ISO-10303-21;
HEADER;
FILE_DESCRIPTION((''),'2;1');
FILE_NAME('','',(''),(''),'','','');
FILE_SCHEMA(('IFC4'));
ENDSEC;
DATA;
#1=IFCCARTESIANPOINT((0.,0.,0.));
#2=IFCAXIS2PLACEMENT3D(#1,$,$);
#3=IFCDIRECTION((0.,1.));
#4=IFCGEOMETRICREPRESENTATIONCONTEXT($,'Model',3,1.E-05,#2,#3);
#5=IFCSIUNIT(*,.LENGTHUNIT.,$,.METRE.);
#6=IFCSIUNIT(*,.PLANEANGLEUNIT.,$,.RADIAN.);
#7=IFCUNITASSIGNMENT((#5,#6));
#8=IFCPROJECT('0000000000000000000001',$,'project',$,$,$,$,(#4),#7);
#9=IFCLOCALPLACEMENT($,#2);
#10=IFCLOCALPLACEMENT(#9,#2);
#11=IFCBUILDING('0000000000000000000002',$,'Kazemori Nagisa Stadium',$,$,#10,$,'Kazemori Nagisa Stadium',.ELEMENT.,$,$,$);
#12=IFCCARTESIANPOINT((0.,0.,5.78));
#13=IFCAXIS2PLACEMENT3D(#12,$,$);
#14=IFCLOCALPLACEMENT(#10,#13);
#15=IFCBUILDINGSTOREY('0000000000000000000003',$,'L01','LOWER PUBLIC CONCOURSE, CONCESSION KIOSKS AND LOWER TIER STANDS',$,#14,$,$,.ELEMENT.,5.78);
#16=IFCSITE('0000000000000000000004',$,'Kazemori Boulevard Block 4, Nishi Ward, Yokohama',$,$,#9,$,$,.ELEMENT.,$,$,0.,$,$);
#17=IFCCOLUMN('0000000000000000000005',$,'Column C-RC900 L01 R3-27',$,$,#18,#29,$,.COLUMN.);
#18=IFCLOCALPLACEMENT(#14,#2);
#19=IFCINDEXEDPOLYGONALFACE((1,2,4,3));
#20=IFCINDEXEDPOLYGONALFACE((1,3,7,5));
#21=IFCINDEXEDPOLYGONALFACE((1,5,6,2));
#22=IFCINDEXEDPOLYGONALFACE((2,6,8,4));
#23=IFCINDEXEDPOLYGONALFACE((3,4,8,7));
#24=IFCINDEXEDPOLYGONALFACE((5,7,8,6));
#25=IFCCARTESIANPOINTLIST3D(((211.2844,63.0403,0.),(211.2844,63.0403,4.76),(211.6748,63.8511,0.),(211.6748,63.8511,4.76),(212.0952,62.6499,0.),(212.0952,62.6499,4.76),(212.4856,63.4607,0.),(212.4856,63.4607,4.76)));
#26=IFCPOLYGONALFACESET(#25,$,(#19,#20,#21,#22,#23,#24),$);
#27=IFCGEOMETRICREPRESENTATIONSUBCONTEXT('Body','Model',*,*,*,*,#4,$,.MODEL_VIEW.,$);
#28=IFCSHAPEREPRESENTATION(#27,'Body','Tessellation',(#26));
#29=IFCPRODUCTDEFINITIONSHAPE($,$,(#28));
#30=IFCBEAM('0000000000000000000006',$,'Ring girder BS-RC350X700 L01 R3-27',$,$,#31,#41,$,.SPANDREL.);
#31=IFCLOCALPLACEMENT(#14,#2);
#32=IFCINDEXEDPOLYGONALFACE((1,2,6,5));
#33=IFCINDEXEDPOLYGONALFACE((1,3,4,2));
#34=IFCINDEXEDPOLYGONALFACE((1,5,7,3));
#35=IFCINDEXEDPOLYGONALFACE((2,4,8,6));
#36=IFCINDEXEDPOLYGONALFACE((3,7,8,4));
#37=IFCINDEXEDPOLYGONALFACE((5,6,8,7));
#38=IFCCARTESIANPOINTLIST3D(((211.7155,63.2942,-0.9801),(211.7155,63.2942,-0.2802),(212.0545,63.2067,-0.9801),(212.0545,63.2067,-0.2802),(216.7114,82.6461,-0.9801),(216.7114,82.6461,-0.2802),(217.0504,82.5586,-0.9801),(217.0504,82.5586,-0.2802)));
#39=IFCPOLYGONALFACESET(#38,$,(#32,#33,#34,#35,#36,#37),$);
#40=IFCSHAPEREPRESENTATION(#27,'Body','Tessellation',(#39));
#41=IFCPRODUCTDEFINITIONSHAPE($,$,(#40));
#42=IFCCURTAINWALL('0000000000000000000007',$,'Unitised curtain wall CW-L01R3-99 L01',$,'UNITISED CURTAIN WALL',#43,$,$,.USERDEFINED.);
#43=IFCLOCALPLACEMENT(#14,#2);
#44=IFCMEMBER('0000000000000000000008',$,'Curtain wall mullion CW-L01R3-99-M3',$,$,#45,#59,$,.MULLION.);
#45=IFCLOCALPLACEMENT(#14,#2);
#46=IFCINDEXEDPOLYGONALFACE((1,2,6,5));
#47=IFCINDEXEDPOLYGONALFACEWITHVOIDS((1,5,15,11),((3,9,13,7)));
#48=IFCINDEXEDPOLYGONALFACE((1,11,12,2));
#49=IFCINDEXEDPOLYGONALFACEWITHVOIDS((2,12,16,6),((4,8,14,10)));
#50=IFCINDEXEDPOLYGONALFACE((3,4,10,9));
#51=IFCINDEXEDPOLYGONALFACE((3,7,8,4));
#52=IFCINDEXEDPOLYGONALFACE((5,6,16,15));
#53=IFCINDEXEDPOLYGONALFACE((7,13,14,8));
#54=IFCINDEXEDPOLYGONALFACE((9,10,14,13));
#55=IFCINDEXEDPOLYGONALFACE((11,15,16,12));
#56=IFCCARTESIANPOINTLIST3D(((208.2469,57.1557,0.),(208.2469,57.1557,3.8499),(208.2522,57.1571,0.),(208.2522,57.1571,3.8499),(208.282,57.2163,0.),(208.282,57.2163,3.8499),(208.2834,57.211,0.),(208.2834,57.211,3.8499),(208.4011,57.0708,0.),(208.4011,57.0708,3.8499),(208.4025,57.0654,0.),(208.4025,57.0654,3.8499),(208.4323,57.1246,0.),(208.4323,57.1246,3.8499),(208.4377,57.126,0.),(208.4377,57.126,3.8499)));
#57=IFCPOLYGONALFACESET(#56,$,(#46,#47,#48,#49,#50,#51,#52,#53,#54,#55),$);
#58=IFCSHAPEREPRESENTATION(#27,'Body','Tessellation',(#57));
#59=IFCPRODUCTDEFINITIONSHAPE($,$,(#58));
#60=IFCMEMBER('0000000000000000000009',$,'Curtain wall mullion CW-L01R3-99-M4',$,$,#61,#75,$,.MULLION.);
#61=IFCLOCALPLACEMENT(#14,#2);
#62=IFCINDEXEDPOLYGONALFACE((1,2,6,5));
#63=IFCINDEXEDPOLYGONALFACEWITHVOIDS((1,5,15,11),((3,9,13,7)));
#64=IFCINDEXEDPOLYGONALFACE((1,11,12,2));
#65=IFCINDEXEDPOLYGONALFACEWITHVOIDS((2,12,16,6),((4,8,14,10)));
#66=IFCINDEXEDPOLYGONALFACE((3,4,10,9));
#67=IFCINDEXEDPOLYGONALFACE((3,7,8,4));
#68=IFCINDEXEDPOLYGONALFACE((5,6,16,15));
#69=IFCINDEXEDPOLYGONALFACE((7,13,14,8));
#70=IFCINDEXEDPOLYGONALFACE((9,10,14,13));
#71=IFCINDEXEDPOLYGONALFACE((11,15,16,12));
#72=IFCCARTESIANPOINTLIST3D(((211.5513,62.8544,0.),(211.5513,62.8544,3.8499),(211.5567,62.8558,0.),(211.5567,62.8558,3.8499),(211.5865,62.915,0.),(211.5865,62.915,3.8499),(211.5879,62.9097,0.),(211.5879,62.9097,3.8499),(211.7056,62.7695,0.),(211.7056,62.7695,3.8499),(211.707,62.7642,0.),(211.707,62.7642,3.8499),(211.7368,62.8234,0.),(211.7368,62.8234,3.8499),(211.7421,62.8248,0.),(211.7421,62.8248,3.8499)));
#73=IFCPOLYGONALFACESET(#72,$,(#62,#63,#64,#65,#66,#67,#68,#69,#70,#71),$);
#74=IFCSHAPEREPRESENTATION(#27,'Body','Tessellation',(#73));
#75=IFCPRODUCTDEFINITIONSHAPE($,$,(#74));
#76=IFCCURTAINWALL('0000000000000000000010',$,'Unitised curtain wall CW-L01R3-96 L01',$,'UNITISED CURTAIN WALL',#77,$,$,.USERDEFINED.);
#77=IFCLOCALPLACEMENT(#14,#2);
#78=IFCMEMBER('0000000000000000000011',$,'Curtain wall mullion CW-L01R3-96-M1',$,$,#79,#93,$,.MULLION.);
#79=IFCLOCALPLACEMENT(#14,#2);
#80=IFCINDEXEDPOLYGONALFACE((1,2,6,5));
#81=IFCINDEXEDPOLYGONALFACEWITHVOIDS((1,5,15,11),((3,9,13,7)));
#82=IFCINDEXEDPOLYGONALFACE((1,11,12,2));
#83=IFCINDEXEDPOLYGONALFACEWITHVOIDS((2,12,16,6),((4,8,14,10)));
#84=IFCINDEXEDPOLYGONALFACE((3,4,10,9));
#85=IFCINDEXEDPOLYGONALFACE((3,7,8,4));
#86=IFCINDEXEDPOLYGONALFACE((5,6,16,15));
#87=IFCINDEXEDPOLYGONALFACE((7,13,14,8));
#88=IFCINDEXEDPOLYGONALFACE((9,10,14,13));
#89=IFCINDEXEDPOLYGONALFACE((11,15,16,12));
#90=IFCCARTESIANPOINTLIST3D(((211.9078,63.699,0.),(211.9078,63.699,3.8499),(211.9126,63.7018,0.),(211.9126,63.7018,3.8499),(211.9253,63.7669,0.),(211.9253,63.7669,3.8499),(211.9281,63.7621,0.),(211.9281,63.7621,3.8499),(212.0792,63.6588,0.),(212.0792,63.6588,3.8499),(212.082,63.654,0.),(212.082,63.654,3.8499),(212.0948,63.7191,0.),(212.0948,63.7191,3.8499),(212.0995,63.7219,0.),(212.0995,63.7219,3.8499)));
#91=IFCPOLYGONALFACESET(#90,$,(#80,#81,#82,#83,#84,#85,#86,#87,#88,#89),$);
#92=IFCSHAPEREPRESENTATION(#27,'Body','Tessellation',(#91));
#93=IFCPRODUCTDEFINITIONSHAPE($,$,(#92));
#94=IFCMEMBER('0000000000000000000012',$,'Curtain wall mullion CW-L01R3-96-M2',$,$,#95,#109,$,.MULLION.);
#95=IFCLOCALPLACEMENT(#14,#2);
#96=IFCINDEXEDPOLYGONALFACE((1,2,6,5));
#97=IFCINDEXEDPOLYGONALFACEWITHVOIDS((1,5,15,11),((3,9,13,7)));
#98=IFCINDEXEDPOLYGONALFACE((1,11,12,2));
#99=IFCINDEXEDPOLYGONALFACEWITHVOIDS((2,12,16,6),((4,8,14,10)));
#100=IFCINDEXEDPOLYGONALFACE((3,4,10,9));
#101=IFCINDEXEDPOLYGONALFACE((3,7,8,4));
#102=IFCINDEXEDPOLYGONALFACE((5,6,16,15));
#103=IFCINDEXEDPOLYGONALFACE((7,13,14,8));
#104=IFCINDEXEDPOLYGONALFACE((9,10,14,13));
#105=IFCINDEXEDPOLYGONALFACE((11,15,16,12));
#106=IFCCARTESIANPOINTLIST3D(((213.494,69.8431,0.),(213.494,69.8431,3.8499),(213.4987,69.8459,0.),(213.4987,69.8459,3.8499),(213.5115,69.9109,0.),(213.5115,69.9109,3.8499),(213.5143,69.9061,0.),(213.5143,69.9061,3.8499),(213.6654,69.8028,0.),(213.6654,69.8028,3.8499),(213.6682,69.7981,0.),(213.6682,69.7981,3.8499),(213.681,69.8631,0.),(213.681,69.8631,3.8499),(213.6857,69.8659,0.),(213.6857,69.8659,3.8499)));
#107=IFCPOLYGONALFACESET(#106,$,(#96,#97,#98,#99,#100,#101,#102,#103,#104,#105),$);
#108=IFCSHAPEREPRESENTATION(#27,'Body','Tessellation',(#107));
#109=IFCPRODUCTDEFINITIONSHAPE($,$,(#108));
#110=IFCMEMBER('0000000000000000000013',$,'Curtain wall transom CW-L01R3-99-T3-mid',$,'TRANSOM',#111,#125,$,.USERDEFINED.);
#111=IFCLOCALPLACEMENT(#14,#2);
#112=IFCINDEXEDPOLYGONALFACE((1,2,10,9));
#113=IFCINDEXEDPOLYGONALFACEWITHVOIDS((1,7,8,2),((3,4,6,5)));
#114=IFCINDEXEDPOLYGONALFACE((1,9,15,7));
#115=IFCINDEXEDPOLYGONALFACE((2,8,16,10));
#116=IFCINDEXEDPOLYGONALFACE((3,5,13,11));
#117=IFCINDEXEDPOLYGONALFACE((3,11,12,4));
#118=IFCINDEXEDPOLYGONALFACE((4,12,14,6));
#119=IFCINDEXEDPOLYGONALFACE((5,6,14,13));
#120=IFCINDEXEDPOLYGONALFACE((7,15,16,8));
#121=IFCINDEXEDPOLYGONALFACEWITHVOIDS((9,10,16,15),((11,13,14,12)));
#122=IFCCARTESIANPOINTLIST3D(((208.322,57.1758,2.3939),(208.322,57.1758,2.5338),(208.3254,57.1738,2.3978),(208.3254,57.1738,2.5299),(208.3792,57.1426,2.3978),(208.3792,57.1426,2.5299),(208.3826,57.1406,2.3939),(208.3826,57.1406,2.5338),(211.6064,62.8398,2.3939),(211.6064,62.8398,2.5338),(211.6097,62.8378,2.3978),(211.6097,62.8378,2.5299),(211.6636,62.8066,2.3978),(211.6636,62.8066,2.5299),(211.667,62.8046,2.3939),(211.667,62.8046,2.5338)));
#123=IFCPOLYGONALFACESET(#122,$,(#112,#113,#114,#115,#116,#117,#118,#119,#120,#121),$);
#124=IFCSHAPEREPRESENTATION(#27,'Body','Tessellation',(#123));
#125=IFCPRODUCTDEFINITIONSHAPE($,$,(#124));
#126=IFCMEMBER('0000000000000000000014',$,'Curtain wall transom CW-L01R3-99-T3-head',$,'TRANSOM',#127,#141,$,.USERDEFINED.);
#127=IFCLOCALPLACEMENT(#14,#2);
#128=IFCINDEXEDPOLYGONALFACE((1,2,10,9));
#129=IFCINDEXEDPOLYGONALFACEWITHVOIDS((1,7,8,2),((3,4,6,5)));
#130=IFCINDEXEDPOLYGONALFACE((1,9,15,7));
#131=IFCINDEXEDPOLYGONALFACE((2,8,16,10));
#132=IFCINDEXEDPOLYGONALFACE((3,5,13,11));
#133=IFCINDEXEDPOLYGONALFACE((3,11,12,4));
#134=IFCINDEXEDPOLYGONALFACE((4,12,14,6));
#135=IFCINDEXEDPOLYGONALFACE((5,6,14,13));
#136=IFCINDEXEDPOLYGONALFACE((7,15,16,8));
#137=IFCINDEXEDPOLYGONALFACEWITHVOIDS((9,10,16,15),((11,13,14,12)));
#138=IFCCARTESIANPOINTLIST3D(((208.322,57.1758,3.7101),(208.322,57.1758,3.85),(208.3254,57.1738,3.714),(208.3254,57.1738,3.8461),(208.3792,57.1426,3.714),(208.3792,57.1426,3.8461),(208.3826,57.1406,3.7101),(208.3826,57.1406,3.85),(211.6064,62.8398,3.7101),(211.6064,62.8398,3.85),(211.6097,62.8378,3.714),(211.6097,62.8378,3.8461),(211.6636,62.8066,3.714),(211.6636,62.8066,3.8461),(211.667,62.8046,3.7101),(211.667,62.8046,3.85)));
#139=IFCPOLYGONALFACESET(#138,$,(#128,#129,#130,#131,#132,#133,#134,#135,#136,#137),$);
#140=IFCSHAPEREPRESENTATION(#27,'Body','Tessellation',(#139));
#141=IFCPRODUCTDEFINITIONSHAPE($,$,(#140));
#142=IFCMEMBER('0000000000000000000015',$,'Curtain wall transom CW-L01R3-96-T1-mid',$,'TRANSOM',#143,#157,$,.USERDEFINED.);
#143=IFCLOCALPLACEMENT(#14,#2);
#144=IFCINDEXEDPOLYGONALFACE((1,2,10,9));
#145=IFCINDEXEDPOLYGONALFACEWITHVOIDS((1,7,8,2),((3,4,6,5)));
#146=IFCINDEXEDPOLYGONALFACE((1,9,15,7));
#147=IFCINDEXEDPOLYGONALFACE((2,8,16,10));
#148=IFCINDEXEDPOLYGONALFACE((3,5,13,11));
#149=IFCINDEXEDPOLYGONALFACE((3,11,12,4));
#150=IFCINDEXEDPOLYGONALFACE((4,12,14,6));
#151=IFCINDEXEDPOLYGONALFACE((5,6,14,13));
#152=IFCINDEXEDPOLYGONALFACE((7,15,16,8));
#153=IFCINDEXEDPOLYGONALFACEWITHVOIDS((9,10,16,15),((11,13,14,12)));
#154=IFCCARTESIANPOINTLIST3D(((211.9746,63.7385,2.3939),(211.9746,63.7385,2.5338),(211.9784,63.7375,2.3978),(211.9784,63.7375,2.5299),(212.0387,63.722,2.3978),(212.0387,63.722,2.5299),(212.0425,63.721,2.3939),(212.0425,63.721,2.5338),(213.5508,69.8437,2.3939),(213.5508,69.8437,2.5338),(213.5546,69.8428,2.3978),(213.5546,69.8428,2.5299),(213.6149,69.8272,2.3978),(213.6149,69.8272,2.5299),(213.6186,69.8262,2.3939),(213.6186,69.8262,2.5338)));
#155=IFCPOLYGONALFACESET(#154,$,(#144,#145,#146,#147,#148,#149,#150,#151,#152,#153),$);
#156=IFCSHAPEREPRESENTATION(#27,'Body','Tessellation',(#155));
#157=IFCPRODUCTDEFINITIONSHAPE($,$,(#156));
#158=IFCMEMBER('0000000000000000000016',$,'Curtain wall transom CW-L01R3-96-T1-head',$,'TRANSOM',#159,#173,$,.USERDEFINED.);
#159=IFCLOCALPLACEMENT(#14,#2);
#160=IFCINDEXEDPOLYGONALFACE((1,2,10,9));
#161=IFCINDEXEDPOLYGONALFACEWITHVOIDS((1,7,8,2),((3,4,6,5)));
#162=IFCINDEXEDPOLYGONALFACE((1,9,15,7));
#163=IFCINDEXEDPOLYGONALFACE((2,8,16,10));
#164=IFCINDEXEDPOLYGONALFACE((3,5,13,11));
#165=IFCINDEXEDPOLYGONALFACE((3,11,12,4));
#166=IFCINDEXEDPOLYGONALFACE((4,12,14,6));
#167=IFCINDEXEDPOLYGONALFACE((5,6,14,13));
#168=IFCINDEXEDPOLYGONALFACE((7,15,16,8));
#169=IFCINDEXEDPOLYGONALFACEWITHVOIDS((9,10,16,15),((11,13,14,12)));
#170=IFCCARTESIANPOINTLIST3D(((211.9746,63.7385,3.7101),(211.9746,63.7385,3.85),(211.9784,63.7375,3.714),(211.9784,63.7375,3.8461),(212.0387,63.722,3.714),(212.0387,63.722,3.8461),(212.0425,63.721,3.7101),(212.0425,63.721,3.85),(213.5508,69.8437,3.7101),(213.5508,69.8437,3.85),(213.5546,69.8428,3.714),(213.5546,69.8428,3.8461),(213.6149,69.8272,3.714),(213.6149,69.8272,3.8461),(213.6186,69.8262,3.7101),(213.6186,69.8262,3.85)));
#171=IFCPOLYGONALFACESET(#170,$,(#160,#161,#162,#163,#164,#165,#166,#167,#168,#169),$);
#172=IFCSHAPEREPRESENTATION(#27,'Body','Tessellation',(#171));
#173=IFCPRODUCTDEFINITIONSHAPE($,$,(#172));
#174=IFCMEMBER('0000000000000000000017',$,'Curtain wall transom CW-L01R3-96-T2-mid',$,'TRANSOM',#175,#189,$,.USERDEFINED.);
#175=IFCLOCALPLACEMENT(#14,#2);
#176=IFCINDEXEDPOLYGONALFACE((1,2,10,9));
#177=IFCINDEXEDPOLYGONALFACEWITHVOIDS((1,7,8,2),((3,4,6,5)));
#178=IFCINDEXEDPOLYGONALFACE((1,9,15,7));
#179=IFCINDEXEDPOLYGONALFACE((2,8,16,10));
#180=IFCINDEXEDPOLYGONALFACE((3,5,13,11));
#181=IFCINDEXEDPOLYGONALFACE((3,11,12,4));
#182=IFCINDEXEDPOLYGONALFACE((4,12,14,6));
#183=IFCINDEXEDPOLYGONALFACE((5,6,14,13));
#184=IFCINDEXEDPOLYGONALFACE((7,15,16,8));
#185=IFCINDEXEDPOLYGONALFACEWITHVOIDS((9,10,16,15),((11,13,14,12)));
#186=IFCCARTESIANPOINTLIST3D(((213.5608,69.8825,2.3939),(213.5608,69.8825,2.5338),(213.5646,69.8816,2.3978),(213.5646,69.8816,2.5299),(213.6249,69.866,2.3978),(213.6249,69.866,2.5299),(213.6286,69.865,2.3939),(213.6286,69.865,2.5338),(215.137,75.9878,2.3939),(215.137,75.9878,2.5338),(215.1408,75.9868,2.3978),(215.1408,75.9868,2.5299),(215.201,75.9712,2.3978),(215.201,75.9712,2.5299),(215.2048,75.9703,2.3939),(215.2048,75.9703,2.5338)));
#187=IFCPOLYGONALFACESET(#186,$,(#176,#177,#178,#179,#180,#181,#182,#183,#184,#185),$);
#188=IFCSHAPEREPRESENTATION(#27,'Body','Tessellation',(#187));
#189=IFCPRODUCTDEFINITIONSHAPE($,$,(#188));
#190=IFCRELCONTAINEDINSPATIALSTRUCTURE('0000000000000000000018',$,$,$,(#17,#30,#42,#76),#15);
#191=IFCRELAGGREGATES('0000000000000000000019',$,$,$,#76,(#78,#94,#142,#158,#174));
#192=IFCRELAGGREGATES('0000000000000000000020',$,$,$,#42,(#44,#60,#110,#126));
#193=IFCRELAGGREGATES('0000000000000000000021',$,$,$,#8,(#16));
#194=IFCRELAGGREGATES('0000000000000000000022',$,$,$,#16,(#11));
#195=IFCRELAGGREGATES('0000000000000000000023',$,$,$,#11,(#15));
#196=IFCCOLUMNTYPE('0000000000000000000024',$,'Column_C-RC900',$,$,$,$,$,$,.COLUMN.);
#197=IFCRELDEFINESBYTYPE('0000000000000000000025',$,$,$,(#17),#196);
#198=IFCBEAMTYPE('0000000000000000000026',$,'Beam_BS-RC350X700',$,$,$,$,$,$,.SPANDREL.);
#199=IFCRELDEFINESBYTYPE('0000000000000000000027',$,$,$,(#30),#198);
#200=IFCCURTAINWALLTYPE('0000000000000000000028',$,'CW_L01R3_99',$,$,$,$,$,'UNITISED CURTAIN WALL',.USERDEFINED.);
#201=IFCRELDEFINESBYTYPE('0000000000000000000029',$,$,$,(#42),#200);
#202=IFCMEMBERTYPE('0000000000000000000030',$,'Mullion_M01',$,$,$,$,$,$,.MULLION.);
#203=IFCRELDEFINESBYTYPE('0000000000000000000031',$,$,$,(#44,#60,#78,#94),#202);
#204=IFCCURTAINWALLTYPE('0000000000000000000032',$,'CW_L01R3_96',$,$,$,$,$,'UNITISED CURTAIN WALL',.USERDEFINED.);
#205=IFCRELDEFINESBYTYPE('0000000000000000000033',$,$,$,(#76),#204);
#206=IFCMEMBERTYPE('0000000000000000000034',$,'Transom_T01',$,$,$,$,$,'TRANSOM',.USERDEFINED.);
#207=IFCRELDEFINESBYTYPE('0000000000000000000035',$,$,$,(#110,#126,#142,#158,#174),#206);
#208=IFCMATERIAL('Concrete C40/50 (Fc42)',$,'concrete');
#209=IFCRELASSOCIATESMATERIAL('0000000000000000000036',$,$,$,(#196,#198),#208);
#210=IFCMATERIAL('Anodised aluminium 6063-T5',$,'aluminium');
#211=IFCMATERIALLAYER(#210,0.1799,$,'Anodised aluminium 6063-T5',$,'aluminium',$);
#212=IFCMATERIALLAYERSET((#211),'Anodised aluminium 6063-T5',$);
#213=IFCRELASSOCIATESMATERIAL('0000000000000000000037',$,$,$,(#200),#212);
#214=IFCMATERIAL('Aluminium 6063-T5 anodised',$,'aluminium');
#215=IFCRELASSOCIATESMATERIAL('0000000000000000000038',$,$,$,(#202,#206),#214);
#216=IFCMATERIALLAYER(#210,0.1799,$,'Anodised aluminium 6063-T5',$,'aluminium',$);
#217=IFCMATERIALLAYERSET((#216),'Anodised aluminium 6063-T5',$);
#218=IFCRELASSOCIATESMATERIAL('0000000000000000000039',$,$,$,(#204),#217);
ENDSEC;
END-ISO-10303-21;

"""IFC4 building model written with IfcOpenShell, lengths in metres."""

from ifc_helpers import new_model, si_unit, direction, frame, origin, origin_2d, place, context, subcontext, project, spatial, rectangle, hollow_rectangle, extrude, material, layer, layer_set, material_profile, profile_set, type_object, element, aggregate, save


model = new_model("IFC4")

# Units and contexts
model_context = context("Model", 3, precision=1e-05, world=origin(), true_north=direction((0.0, 1.0)))
body_context = subcontext(model_context, "Body", "Model", "MODEL_VIEW")
ifc_project = project(units=[si_unit("LENGTHUNIT", "METRE"), si_unit("PLANEANGLEUNIT", "RADIAN")], contexts=[model_context])

# Site, building, storey
site_placement = place(None, origin())
site = spatial("IfcSite", under=ifc_project, at=site_placement, Name="Kazemori Boulevard Block 4, Nishi Ward, Yokohama", CompositionType="ELEMENT", RefElevation=0.0)
building_placement = place(site_placement, origin())
building = spatial("IfcBuilding", under=site, at=building_placement, Name="Kazemori Nagisa Stadium", LongName="Kazemori Nagisa Stadium", CompositionType="ELEMENT")
storey_placement = place(building_placement, frame((0.0, 0.0, 5.78)))
storey = spatial("IfcBuildingStorey", under=building, at=storey_placement, Name="L01", Description="LOWER PUBLIC CONCOURSE, CONCESSION KIOSKS AND LOWER TIER STANDS", CompositionType="ELEMENT", Elevation=5.78)

# Column
ifc_material_1 = material(Name="Concrete C40/50 (Fc42)", Category="concrete")
ifc_material_profile_1 = material_profile(ifc_material_1, rectangle(XDim=0.8999, YDim=0.8999, at=origin_2d()), Name="RC-COL-900x900")
ifc_profile_set_1 = profile_set([ifc_material_profile_1], Name="Concrete C40/50 (Fc42)")
column_type = type_object("IfcColumnType", Name="Column_C-RC900", PredefinedType="COLUMN", material=ifc_profile_set_1)
column_placement = place(storey_placement, frame((211.885, 63.2505, 0.0), z_axis=(0.0, 0.0, 1.0), x_axis=(0.900969, -0.433884, 0.0)))
element("IfcColumn", 1, at=column_placement, inside=storey, type_object=column_type, Name="Column C-RC900 L01 R3-27", PredefinedType="COLUMN", context=body_context, shape_type="SweptSolid", body=[
    extrude(rectangle(XDim=0.8999, YDim=0.8999, at=origin_2d()), origin(), (0.0, 0.0, 1.0), 4.76),
])

# Beam
ifc_material_profile_2 = material_profile(ifc_material_1, rectangle(XDim=0.3501, YDim=0.7, at=origin_2d()), Name="RC-SP-350x700")
ifc_profile_set_2 = profile_set([ifc_material_profile_2], Name="Concrete C40/50 (Fc42)")
beam_type = type_object("IfcBeamType", Name="Beam_BS-RC350X700", PredefinedType="SPANDREL", material=ifc_profile_set_2)
beam_placement = place(storey_placement, frame((211.885, 63.2505, -0.6301), z_axis=(0.249964, 0.968255, 0.0), x_axis=(-0.968255, 0.249964, 0.0)))
element("IfcBeam", 2, at=beam_placement, inside=storey, type_object=beam_type, Name="Ring girder BS-RC350X700 L01 R3-27", PredefinedType="SPANDREL", context=body_context, shape_type="SweptSolid", body=[
    extrude(rectangle(XDim=0.3501, YDim=0.7, at=origin_2d()), origin(), (0.0, 0.0, 1.0), 19.9863),
])

# Curtain walls, members
ifc_material_2 = material(Name="Anodised aluminium 6063-T5", Category="aluminium")
ifc_layer_1 = layer(ifc_material_2, 0.1799, Name="Anodised aluminium 6063-T5", Category="aluminium")
ifc_layer_set_1 = layer_set([ifc_layer_1], Name="Anodised aluminium 6063-T5")
curtain_wall_type_1 = type_object("IfcCurtainWallType", Name="CW_L01R3_99", ElementType="UNITISED CURTAIN WALL", PredefinedType="USERDEFINED", material=ifc_layer_set_1)
curtain_wall_1_placement = place(storey_placement, origin())
curtain_wall_1 = element("IfcCurtainWall", 3, at=curtain_wall_1_placement, inside=storey, type_object=curtain_wall_type_1, Name="Unitised curtain wall CW-L01R3-99 L01", ObjectType="UNITISED CURTAIN WALL", PredefinedType="USERDEFINED")
ifc_material_3 = material(Name="Aluminium 6063-T5 anodised", Category="aluminium")
ifc_material_profile_3 = material_profile(ifc_material_3, hollow_rectangle(XDim=0.0701, YDim=0.1799, WallThickness=0.0039, at=origin_2d()), Name="ALU-MULL-70x180x4")
ifc_profile_set_3 = profile_set([ifc_material_profile_3], Name="Aluminium 6063-T5 anodised")
member_type_1 = type_object("IfcMemberType", Name="Mullion_M01", PredefinedType="MULLION", material=ifc_profile_set_3)
member_1_placement = place(storey_placement, frame((208.3423, 57.1409, 0.0), z_axis=(0.0, 0.0, 1.0), x_axis=(0.501612, 0.865093, 0.0)))
member_1 = element("IfcMember", 4, at=member_1_placement, type_object=member_type_1, Name="Curtain wall mullion CW-L01R3-99-M3", PredefinedType="MULLION", context=body_context, shape_type="SweptSolid", body=[
    extrude(hollow_rectangle(XDim=0.0701, YDim=0.1799, WallThickness=0.0039, at=origin_2d()), origin(), (0.0, 0.0, 1.0), 3.8499),
])
member_2_placement = place(storey_placement, frame((211.6467, 62.8396, 0.0), z_axis=(0.0, 0.0, 1.0), x_axis=(0.501612, 0.865093, 0.0)))
member_2 = element("IfcMember", 5, at=member_2_placement, type_object=member_type_1, Name="Curtain wall mullion CW-L01R3-99-M4", PredefinedType="MULLION", context=body_context, shape_type="SweptSolid", body=[
    extrude(hollow_rectangle(XDim=0.0701, YDim=0.1799, WallThickness=0.0039, at=origin_2d()), origin(), (0.0, 0.0, 1.0), 3.8499),
])
ifc_layer_2 = layer(ifc_material_2, 0.1799, Name="Anodised aluminium 6063-T5", Category="aluminium")
ifc_layer_set_2 = layer_set([ifc_layer_2], Name="Anodised aluminium 6063-T5")
curtain_wall_type_2 = type_object("IfcCurtainWallType", Name="CW_L01R3_96", ElementType="UNITISED CURTAIN WALL", PredefinedType="USERDEFINED", material=ifc_layer_set_2)
curtain_wall_2_placement = place(storey_placement, origin())
curtain_wall_2 = element("IfcCurtainWall", 6, at=curtain_wall_2_placement, inside=storey, type_object=curtain_wall_type_2, Name="Unitised curtain wall CW-L01R3-96 L01", ObjectType="UNITISED CURTAIN WALL", PredefinedType="USERDEFINED")
member_3_placement = place(storey_placement, frame((212.0037, 63.7104, 0.0), z_axis=(0.0, 0.0, 1.0), x_axis=(0.249965, 0.968255, 0.0)))
member_3 = element("IfcMember", 7, at=member_3_placement, type_object=member_type_1, Name="Curtain wall mullion CW-L01R3-96-M1", PredefinedType="MULLION", context=body_context, shape_type="SweptSolid", body=[
    extrude(hollow_rectangle(XDim=0.0701, YDim=0.1799, WallThickness=0.0039, at=origin_2d()), origin(), (0.0, 0.0, 1.0), 3.8499),
])
member_4_placement = place(storey_placement, frame((213.5898, 69.8545, 0.0), z_axis=(0.0, 0.0, 1.0), x_axis=(0.249965, 0.968255, 0.0)))
member_4 = element("IfcMember", 8, at=member_4_placement, type_object=member_type_1, Name="Curtain wall mullion CW-L01R3-96-M2", PredefinedType="MULLION", context=body_context, shape_type="SweptSolid", body=[
    extrude(hollow_rectangle(XDim=0.0701, YDim=0.1799, WallThickness=0.0039, at=origin_2d()), origin(), (0.0, 0.0, 1.0), 3.8499),
])

# Members
ifc_material_profile_4 = material_profile(ifc_material_3, hollow_rectangle(XDim=0.0701, YDim=0.1399, WallThickness=0.0039, at=origin_2d()), Name="ALU-TRAN-70x140x4")
ifc_profile_set_4 = profile_set([ifc_material_profile_4], Name="Aluminium 6063-T5 anodised")
member_type_2 = type_object("IfcMemberType", Name="Transom_T01", ElementType="TRANSOM", PredefinedType="USERDEFINED", material=ifc_profile_set_4)
member_5_placement = place(storey_placement, frame((208.3523, 57.1582, 2.4639), z_axis=(0.501634, 0.86508, 0.0), x_axis=(-0.86508, 0.501634, 0.0)))
member_5 = element("IfcMember", 9, at=member_5_placement, type_object=member_type_2, Name="Curtain wall transom CW-L01R3-99-T3-mid", ObjectType="TRANSOM", PredefinedType="USERDEFINED", context=body_context, shape_type="SweptSolid", body=[
    extrude(hollow_rectangle(XDim=0.0701, YDim=0.1399, WallThickness=0.0039, at=origin_2d()), origin(), (0.0, 0.0, 1.0), 6.5474),
])
member_6_placement = place(storey_placement, frame((208.3523, 57.1582, 3.78), z_axis=(0.501634, 0.86508, 0.0), x_axis=(-0.86508, 0.501634, 0.0)))
member_6 = element("IfcMember", 10, at=member_6_placement, type_object=member_type_2, Name="Curtain wall transom CW-L01R3-99-T3-head", ObjectType="TRANSOM", PredefinedType="USERDEFINED", context=body_context, shape_type="SweptSolid", body=[
    extrude(hollow_rectangle(XDim=0.0701, YDim=0.1399, WallThickness=0.0039, at=origin_2d()), origin(), (0.0, 0.0, 1.0), 6.5474),
])
member_7_placement = place(storey_placement, frame((212.0085, 63.7297, 2.4639), z_axis=(0.249972, 0.968253, 0.0), x_axis=(-0.968253, 0.249972, 0.0)))
member_7 = element("IfcMember", 11, at=member_7_placement, type_object=member_type_2, Name="Curtain wall transom CW-L01R3-96-T1-mid", ObjectType="TRANSOM", PredefinedType="USERDEFINED", context=body_context, shape_type="SweptSolid", body=[
    extrude(hollow_rectangle(XDim=0.0701, YDim=0.1399, WallThickness=0.0039, at=origin_2d()), origin(), (0.0, 0.0, 1.0), 6.3054),
])
member_8_placement = place(storey_placement, frame((212.0085, 63.7297, 3.78), z_axis=(0.249972, 0.968253, 0.0), x_axis=(-0.968253, 0.249972, 0.0)))
member_8 = element("IfcMember", 12, at=member_8_placement, type_object=member_type_2, Name="Curtain wall transom CW-L01R3-96-T1-head", ObjectType="TRANSOM", PredefinedType="USERDEFINED", context=body_context, shape_type="SweptSolid", body=[
    extrude(hollow_rectangle(XDim=0.0701, YDim=0.1399, WallThickness=0.0039, at=origin_2d()), origin(), (0.0, 0.0, 1.0), 6.3054),
])
member_9_placement = place(storey_placement, frame((213.5947, 69.8738, 2.4639), z_axis=(0.249972, 0.968253, 0.0), x_axis=(-0.968253, 0.249972, 0.0)))
member_9 = element("IfcMember", 13, at=member_9_placement, type_object=member_type_2, Name="Curtain wall transom CW-L01R3-96-T2-mid", ObjectType="TRANSOM", PredefinedType="USERDEFINED", context=body_context, shape_type="SweptSolid", body=[
    extrude(hollow_rectangle(XDim=0.0701, YDim=0.1399, WallThickness=0.0039, at=origin_2d()), origin(), (0.0, 0.0, 1.0), 6.3054),
])

aggregate(curtain_wall_2, [member_3, member_4, member_7, member_8, member_9])
aggregate(curtain_wall_1, [member_1, member_2, member_5, member_6])

save(model, "model.ifc")
